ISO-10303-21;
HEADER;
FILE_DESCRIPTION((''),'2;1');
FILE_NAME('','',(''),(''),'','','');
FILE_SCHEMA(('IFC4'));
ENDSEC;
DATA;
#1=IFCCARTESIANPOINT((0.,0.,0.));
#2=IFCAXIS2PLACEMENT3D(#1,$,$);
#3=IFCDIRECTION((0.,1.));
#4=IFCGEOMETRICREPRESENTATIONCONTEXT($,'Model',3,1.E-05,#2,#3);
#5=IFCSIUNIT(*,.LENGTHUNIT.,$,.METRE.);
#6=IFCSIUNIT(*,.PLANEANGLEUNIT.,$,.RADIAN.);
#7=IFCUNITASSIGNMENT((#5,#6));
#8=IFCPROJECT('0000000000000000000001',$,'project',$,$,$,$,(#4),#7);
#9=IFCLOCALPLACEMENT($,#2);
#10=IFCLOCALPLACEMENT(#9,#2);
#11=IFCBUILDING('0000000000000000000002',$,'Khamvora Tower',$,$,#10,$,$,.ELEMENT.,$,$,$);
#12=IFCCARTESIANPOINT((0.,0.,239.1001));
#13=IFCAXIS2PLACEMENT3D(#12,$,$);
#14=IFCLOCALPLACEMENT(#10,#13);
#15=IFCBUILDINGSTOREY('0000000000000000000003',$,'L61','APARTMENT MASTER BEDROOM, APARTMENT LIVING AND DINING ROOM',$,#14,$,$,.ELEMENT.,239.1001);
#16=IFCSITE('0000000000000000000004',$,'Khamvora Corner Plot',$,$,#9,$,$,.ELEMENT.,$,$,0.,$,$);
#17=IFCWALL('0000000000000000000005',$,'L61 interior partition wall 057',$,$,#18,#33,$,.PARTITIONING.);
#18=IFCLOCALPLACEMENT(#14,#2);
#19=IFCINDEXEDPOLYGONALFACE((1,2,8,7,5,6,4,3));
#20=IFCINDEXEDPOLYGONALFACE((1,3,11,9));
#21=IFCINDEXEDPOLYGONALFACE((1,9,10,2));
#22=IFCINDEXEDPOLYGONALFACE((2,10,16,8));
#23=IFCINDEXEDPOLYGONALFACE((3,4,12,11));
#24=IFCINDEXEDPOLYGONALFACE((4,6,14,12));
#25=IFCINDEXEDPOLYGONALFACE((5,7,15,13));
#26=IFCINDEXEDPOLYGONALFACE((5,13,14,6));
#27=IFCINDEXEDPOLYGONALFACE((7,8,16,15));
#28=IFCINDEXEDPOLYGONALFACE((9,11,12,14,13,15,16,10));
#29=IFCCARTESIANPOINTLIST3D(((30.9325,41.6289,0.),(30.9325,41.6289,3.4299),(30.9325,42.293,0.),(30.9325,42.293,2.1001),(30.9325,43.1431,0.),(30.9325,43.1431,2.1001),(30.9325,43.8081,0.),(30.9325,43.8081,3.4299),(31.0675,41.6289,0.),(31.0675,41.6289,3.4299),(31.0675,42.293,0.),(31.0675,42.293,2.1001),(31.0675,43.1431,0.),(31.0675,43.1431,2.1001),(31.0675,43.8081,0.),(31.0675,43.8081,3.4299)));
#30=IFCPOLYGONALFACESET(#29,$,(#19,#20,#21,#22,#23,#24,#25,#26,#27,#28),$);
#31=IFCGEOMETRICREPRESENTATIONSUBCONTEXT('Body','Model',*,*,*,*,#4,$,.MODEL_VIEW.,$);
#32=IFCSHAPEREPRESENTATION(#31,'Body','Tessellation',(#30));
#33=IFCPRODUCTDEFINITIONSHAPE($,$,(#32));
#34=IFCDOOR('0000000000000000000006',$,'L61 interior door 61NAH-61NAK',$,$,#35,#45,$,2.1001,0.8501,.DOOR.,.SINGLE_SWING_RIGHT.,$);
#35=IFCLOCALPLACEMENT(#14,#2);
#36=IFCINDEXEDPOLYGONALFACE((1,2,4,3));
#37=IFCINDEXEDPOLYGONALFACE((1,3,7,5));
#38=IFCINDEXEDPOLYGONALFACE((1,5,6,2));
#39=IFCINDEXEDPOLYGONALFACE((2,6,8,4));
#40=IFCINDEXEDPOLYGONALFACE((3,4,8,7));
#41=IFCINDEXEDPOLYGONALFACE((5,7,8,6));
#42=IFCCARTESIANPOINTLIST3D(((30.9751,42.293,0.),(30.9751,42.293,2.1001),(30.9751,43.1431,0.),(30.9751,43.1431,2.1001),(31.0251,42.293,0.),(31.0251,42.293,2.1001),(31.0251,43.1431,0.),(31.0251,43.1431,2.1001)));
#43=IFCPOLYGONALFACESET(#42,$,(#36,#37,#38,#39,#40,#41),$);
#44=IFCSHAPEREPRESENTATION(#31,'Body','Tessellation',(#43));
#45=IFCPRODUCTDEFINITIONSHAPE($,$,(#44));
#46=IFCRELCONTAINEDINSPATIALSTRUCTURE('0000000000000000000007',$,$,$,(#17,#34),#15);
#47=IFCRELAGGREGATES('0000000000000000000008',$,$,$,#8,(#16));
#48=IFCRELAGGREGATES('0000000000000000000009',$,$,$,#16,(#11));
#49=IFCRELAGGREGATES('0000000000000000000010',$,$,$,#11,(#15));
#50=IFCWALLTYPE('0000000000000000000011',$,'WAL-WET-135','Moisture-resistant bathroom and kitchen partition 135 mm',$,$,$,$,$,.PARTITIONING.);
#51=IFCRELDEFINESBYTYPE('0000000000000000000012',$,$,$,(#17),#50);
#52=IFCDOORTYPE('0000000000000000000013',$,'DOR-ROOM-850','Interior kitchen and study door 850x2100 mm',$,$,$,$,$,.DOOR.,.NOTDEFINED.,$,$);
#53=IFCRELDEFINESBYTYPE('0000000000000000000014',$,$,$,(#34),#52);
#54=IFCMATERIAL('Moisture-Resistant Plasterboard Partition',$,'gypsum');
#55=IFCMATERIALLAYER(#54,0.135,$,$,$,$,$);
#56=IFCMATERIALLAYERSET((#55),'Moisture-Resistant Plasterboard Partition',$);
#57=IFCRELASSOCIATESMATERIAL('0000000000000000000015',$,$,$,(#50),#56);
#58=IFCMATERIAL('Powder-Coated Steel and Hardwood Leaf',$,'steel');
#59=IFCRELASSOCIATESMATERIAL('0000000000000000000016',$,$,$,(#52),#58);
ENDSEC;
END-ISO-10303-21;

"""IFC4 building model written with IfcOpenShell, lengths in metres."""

from ifc_helpers import new_model, si_unit, direction, frame, frame_2d, origin, place, context, subcontext, project, spatial, rectangle, extrude, material, layer, layer_set, type_object, element, fill, save


model = new_model("IFC4")

# Units and contexts
model_context = context("Model", 3, precision=1e-05, world=origin(), true_north=direction((0.0, 1.0)))
body_context = subcontext(model_context, "Body", "Model", "MODEL_VIEW")
ifc_project = project(units=[si_unit("LENGTHUNIT", "METRE"), si_unit("PLANEANGLEUNIT", "RADIAN")], contexts=[model_context])

# Site, building, storey
site_placement = place(None, origin())
site = spatial("IfcSite", under=ifc_project, at=site_placement, Name="Khamvora Corner Plot", CompositionType="ELEMENT", RefElevation=0.0)
building_placement = place(site_placement, origin())
building = spatial("IfcBuilding", under=site, at=building_placement, Name="Khamvora Tower", CompositionType="ELEMENT")
storey_placement = place(building_placement, frame((0.0, 0.0, 239.1001)))
storey = spatial("IfcBuildingStorey", under=building, at=storey_placement, Name="L61", Description="APARTMENT MASTER BEDROOM, APARTMENT LIVING AND DINING ROOM", CompositionType="ELEMENT", Elevation=239.1001)

# Shared definitions
ifc_material_1 = material(Name="Powder-Coated Steel and Hardwood Leaf", Category="steel")

# Wall, opening, door
ifc_material_2 = material(Name="Moisture-Resistant Plasterboard Partition", Category="gypsum")
ifc_layer_1 = layer(ifc_material_2, 0.135)
ifc_layer_set_1 = layer_set([ifc_layer_1], Name="Moisture-Resistant Plasterboard Partition")
wall_type_1 = type_object("IfcWallType", Name="WAL-WET-135", Description="Moisture-resistant bathroom and kitchen partition 135 mm", PredefinedType="PARTITIONING", material=ifc_layer_set_1)
wall_1_placement = place(storey_placement, frame((31.0, 41.6289, 0.0), z_axis=(0.0, 0.0, 1.0), x_axis=(0.0, 1.0, 0.0)))
wall_1 = element("IfcWall", 1, at=wall_1_placement, inside=storey, type_object=wall_type_1, Name="L61 interior partition wall 057", PredefinedType="PARTITIONING", context=body_context, shape_type="SweptSolid", body=[
    extrude(rectangle(XDim=2.1792, YDim=0.135, at=frame_2d((1.0896, 0.0))), origin(), (0.0, 0.0, 1.0), 3.4299),
])
opening_1_placement = place(wall_1_placement, frame((0.6641, 0.0, 0.0)))
opening_1 = element("IfcOpeningElement", 2, at=opening_1_placement, cuts=wall_1, PredefinedType="OPENING", context=body_context, shape_type="SweptSolid", body=[
    extrude(rectangle(XDim=0.8501, YDim=2.1001, at=frame_2d((0.425, 1.05))), frame((0.0, 0.0774, 0.0), z_axis=(0.0, -1.0, 0.0), x_axis=(1.0, 0.0, 0.0)), (0.0, 0.0, 1.0), 0.155),
])
door_type_1 = type_object("IfcDoorType", Name="DOR-ROOM-850", Description="Interior kitchen and study door 850x2100 mm", OperationType="NOTDEFINED", PredefinedType="DOOR", material=ifc_material_1)
door_1_placement = place(opening_1_placement, origin())
door_1 = element("IfcDoor", 3, at=door_1_placement, inside=storey, type_object=door_type_1, Name="L61 interior door 61NAH-61NAK", OperationType="SINGLE_SWING_RIGHT", OverallHeight=2.1001, OverallWidth=0.8501, PredefinedType="DOOR", context=body_context, shape_type="SweptSolid", body=[
    extrude(rectangle(XDim=0.8501, YDim=2.1001, at=frame_2d((0.425, 1.05))), frame((0.0, 0.0249, 0.0), z_axis=(0.0, -1.0, 0.0), x_axis=(1.0, 0.0, 0.0)), (0.0, 0.0, 1.0), 0.05),
])
fill(opening_1, door_1)

save(model, "model.ifc")
